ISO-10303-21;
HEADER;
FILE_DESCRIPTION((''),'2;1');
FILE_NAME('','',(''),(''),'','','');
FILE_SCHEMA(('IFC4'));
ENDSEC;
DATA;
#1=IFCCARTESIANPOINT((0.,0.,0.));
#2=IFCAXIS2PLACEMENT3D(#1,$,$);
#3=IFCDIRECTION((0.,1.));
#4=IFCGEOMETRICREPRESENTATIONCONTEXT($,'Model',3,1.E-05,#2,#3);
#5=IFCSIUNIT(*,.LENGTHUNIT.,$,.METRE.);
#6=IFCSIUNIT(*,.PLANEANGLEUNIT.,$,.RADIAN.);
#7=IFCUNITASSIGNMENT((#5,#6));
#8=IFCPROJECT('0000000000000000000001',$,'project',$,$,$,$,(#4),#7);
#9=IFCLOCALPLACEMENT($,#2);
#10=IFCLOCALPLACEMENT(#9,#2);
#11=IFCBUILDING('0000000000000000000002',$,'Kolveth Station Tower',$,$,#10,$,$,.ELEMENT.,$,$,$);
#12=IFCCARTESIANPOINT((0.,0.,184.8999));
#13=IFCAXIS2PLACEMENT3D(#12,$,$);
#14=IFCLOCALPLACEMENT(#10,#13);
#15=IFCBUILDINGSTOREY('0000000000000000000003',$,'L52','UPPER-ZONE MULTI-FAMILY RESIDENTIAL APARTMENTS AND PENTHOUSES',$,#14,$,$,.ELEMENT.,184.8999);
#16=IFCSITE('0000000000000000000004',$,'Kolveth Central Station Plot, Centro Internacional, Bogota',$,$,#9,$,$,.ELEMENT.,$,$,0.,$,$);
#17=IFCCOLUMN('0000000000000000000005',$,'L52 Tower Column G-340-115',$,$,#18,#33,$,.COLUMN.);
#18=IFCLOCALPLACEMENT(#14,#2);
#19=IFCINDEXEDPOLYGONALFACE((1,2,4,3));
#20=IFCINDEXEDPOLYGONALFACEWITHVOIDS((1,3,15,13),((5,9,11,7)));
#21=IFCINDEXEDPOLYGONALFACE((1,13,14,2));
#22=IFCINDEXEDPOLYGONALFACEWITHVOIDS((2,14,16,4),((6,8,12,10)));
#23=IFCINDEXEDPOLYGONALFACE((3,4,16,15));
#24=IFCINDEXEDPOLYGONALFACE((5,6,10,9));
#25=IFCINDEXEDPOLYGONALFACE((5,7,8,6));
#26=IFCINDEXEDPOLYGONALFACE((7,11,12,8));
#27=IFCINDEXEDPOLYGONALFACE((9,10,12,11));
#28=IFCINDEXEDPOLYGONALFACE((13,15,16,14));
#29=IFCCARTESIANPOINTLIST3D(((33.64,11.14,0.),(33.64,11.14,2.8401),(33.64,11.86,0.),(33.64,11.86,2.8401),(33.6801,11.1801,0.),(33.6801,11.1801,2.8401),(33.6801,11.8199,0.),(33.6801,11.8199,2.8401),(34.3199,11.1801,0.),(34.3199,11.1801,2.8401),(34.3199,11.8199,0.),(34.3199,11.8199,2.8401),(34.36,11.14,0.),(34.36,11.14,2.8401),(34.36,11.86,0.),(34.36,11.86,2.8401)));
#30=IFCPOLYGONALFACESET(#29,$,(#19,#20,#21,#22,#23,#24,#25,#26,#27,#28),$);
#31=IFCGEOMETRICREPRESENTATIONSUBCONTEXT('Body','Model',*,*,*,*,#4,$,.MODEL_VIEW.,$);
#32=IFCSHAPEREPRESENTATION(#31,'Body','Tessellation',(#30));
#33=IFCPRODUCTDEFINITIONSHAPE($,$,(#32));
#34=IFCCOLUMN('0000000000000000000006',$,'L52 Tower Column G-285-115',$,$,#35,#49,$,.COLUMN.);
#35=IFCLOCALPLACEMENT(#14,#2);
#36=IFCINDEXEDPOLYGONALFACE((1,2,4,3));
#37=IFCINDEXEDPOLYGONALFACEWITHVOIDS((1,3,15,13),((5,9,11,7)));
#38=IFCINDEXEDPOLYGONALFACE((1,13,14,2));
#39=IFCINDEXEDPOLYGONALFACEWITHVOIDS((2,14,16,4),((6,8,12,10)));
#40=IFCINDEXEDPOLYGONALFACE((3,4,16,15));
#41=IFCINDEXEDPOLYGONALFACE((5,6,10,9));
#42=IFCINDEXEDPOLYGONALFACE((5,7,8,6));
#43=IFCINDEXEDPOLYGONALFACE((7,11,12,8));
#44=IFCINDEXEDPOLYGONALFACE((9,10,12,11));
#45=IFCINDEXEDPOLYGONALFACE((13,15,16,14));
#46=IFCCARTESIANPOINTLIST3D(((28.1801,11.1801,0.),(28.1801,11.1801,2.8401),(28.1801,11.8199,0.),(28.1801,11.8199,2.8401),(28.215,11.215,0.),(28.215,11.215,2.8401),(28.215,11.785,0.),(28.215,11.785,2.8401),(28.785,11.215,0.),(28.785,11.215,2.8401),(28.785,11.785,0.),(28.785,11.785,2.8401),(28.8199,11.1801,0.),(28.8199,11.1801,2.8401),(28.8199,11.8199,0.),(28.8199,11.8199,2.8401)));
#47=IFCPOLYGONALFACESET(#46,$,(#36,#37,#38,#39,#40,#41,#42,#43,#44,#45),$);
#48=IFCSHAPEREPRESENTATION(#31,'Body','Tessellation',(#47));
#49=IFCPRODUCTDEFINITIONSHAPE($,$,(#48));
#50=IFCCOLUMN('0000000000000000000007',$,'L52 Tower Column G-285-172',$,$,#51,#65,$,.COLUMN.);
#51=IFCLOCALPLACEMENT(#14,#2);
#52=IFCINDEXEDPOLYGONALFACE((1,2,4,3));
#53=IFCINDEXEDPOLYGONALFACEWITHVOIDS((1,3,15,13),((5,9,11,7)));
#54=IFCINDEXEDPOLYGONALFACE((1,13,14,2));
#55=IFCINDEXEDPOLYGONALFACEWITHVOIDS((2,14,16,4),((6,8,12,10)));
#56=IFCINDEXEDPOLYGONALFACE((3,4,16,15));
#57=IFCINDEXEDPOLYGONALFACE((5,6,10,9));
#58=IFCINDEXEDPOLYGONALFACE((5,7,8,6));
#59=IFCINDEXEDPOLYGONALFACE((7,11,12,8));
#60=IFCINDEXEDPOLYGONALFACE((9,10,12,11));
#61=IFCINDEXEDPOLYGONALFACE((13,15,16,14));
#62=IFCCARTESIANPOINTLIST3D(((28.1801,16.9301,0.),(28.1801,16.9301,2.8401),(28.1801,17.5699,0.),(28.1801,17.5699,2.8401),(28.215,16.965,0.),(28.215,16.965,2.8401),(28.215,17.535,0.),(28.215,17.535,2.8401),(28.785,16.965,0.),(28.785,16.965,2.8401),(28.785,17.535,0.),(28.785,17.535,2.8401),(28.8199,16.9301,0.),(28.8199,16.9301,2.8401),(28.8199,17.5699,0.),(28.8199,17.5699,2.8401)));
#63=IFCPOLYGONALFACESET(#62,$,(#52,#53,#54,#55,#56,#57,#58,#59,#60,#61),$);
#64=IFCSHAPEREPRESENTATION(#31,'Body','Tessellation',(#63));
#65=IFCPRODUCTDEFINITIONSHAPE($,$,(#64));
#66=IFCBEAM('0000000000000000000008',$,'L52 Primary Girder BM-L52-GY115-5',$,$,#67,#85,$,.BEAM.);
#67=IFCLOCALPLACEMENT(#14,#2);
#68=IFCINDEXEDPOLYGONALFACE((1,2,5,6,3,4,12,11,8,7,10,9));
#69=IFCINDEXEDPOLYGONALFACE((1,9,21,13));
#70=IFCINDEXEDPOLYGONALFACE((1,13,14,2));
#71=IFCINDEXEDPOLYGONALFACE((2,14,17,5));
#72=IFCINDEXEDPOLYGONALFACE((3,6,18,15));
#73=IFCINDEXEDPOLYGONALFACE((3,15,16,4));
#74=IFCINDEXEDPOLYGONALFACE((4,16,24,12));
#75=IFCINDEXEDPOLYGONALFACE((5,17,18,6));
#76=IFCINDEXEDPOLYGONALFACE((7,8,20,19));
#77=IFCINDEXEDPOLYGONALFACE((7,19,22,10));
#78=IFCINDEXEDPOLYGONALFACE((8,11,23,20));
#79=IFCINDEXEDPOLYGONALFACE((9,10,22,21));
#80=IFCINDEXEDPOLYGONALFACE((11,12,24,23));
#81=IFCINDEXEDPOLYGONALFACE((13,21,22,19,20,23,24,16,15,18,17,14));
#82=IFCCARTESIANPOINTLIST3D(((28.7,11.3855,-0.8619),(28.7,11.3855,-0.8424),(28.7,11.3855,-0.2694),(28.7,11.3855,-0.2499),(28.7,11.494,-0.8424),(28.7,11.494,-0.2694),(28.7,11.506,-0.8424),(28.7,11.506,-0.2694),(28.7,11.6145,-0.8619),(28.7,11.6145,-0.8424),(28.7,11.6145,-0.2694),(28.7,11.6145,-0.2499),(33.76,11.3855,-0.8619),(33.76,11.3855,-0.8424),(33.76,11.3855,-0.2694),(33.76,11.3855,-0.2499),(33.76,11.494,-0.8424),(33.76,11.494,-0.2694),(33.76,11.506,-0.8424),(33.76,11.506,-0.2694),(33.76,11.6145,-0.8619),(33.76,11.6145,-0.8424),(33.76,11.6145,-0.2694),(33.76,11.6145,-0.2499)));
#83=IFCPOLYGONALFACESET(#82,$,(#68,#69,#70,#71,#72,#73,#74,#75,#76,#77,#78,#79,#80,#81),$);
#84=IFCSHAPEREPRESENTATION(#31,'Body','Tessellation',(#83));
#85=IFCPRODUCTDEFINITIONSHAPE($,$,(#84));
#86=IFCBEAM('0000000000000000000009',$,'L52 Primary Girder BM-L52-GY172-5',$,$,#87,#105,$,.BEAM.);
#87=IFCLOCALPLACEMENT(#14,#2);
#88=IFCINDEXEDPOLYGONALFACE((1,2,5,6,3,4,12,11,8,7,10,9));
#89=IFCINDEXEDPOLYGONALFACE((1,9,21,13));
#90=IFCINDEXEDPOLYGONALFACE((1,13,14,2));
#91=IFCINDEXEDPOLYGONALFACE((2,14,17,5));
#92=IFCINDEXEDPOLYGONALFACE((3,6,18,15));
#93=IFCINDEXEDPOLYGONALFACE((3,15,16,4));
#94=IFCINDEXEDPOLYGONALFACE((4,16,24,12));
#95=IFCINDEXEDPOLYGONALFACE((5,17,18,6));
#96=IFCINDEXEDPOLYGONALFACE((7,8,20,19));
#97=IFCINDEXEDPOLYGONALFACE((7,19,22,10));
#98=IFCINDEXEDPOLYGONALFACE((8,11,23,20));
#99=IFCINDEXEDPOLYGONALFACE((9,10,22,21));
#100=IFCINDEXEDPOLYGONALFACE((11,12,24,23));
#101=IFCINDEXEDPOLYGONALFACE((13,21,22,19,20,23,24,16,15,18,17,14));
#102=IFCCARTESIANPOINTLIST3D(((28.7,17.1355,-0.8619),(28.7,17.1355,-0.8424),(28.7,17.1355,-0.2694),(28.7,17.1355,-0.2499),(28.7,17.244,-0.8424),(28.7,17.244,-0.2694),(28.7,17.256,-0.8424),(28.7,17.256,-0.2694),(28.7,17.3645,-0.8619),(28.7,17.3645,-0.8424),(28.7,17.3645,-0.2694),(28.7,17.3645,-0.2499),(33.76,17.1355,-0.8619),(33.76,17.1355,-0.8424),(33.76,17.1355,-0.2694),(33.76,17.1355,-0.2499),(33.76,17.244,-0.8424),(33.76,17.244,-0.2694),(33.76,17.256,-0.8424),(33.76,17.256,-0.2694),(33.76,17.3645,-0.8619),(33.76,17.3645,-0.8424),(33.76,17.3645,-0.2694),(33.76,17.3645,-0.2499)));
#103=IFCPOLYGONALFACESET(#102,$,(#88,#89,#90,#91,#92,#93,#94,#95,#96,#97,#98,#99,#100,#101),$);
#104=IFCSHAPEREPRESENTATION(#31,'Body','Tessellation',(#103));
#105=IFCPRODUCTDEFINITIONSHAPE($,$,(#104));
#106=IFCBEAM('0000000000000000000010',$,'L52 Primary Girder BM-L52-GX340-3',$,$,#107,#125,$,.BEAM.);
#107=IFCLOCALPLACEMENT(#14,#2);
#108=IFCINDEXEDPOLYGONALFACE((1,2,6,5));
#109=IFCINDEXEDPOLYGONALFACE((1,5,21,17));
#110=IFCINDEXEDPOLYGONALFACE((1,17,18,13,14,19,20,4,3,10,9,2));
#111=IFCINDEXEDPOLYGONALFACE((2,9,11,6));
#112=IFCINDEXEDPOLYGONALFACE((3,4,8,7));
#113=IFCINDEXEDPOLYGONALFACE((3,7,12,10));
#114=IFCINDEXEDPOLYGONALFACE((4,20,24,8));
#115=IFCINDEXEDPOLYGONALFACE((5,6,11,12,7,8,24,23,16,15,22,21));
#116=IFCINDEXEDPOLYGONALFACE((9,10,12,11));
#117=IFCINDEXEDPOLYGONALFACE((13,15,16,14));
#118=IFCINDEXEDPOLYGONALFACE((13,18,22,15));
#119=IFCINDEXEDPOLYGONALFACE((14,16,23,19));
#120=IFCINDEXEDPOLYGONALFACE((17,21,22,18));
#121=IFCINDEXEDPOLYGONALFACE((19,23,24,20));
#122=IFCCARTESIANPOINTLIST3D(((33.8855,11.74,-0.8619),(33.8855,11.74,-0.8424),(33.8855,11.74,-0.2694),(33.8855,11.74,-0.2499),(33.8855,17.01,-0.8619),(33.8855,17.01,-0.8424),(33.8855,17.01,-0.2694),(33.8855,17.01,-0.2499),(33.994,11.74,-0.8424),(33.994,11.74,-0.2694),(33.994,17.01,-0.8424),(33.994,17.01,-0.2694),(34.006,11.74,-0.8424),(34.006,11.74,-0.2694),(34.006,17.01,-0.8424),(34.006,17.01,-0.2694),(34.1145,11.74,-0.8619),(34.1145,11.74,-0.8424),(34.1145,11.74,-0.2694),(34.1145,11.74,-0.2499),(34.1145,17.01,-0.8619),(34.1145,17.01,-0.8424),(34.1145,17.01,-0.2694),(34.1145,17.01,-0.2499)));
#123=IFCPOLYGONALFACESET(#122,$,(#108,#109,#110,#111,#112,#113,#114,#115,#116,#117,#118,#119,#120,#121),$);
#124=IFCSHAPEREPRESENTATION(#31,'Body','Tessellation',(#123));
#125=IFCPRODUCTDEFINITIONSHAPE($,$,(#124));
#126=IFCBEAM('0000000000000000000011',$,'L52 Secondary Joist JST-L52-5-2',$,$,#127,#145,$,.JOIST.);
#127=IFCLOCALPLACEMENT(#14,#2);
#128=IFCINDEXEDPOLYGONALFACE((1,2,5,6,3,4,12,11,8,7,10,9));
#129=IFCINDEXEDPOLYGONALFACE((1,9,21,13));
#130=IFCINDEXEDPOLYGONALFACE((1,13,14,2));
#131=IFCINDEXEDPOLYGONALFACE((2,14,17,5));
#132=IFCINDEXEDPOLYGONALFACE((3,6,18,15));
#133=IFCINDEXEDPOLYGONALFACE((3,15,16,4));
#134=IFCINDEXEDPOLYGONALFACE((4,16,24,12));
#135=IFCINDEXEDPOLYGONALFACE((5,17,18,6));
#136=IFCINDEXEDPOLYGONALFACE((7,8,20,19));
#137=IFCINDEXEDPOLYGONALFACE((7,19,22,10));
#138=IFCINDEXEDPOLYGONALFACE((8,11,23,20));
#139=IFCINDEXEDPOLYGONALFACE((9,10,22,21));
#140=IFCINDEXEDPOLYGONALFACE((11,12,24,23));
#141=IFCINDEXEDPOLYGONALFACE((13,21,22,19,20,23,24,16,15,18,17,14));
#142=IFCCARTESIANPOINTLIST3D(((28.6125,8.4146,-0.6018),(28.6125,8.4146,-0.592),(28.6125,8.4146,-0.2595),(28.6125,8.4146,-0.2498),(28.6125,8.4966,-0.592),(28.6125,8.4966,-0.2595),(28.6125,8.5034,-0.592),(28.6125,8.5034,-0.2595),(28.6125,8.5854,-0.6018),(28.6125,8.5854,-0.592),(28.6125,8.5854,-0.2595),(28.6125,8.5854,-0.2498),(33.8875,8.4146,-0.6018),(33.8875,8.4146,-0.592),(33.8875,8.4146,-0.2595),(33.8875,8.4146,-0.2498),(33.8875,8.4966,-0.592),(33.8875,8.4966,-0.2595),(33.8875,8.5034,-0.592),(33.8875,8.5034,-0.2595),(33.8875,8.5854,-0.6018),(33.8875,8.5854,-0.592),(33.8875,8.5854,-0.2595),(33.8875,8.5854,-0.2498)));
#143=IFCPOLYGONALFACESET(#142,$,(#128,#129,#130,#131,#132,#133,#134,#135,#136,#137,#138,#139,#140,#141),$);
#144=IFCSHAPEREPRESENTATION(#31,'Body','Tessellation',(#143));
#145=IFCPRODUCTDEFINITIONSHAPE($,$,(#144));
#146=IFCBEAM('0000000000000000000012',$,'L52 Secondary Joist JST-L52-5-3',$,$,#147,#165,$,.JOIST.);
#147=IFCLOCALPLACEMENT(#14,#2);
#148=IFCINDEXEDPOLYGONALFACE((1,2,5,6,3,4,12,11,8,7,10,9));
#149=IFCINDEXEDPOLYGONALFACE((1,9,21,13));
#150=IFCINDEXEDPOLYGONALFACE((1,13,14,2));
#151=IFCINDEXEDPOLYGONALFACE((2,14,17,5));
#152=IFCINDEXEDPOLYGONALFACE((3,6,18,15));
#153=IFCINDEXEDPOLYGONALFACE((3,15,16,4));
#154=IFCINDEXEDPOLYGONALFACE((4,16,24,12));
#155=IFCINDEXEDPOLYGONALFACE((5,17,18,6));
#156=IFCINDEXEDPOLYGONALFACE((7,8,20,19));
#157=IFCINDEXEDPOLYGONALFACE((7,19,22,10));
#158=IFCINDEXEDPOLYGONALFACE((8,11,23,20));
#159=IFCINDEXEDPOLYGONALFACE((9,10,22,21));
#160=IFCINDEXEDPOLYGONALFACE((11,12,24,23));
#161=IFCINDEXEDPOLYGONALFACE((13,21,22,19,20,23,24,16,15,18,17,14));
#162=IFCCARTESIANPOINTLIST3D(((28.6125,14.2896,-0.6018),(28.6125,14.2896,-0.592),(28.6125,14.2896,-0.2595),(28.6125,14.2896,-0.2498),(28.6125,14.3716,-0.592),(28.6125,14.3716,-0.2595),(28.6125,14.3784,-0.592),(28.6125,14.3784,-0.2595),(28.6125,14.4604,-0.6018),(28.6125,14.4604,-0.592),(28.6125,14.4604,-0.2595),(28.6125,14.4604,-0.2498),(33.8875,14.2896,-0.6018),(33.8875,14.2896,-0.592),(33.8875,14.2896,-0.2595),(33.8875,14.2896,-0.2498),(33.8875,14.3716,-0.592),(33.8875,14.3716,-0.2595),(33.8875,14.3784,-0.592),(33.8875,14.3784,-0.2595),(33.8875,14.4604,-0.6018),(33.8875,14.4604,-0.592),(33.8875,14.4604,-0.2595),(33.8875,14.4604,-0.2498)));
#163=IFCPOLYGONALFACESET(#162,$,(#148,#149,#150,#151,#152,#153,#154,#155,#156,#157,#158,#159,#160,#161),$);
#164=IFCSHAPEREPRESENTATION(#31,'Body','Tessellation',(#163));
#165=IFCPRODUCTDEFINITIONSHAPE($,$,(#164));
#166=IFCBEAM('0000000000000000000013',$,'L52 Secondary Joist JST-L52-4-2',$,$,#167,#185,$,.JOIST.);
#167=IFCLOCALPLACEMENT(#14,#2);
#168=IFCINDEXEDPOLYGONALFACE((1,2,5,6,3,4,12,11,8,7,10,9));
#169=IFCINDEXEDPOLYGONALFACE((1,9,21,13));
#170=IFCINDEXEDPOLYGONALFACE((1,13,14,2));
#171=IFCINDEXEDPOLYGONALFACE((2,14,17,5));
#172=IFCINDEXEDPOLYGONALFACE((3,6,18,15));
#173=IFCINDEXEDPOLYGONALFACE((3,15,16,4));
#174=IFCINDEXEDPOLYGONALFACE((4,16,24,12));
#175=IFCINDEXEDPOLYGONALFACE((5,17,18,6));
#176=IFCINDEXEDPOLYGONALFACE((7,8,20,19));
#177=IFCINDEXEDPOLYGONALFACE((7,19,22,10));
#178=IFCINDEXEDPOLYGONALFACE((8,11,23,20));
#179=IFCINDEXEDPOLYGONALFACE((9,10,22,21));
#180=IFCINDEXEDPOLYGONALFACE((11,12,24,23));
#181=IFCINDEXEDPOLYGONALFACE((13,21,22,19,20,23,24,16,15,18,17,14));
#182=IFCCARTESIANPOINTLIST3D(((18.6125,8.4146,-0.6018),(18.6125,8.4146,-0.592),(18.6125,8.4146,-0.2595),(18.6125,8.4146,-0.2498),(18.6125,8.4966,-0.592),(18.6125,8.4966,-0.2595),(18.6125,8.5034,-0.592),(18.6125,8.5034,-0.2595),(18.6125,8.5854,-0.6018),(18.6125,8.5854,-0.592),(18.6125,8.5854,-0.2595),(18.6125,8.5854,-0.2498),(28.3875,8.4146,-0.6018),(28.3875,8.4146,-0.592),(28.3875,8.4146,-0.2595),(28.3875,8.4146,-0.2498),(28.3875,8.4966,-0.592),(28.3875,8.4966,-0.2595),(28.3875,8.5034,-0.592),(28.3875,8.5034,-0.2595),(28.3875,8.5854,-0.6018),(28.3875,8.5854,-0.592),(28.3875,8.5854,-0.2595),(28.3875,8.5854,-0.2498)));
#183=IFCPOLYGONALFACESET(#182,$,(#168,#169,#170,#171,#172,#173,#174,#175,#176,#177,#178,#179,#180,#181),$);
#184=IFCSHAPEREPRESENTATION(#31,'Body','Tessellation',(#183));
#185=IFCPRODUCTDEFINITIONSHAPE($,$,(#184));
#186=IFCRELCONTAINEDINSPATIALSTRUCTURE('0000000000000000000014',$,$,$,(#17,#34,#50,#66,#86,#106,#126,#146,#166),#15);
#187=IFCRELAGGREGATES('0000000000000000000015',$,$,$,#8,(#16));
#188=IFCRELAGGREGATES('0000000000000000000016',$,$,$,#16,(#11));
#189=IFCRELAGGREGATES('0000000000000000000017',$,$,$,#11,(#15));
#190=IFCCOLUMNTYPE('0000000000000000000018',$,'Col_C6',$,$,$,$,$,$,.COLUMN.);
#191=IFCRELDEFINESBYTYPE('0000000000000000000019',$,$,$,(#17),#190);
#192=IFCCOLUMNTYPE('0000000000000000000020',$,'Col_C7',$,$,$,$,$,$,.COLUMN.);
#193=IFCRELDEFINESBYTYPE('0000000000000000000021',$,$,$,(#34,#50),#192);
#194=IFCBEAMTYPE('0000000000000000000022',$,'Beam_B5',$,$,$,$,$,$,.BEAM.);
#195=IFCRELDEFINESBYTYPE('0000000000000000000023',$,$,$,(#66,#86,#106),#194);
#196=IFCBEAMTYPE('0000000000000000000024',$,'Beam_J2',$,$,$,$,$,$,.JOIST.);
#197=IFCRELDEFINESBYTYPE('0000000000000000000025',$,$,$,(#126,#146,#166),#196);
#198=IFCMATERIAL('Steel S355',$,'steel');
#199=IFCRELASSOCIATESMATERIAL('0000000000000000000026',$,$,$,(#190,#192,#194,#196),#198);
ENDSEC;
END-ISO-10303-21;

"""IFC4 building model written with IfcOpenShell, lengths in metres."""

from ifc_helpers import new_model, si_unit, direction, frame, origin, origin_2d, place, context, subcontext, project, spatial, hollow_rectangle, i_section, extrude, source, transform, mapped, material, material_profile, profile_set, type_object, element, save


model = new_model("IFC4")

# Units and contexts
model_context = context("Model", 3, precision=1e-05, world=origin(), true_north=direction((0.0, 1.0)))
body_context = subcontext(model_context, "Body", "Model", "MODEL_VIEW")
ifc_project = project(units=[si_unit("LENGTHUNIT", "METRE"), si_unit("PLANEANGLEUNIT", "RADIAN")], contexts=[model_context])

# Site, building, storey
site_placement = place(None, origin())
site = spatial("IfcSite", under=ifc_project, at=site_placement, Name="Kolveth Central Station Plot, Centro Internacional, Bogota", CompositionType="ELEMENT", RefElevation=0.0)
building_placement = place(site_placement, origin())
building = spatial("IfcBuilding", under=site, at=building_placement, Name="Kolveth Station Tower", CompositionType="ELEMENT")
storey_placement = place(building_placement, frame((0.0, 0.0, 184.8999)))
storey = spatial("IfcBuildingStorey", under=building, at=storey_placement, Name="L52", Description="UPPER-ZONE MULTI-FAMILY RESIDENTIAL APARTMENTS AND PENTHOUSES", CompositionType="ELEMENT", Elevation=184.8999)

# Columns
ifc_material_1 = material(Name="Steel S355", Category="steel")
ifc_material_profile_1 = material_profile(ifc_material_1, hollow_rectangle(XDim=0.72, YDim=0.72, WallThickness=0.04, at=origin_2d()), Name="BOX720x720x40")
ifc_profile_set_1 = profile_set([ifc_material_profile_1], Name="Steel S355")
column_type_1 = type_object("IfcColumnType", Name="Col_C6", PredefinedType="COLUMN", material=ifc_profile_set_1)
shared_shape_1 = source(origin(), body_context, "Body", "SweptSolid", [
    extrude(hollow_rectangle(XDim=0.72, YDim=0.72, WallThickness=0.04, at=origin_2d()), origin(), (0.0, 0.0, 1.0), 2.8401),
])
column_placement = place(storey_placement, frame((34.0, 11.5, 0.0), z_axis=(0.0, 0.0, 1.0), x_axis=(1.0, 0.0, 0.0)))
element("IfcColumn", 1, at=column_placement, inside=storey, type_object=column_type_1, Name="L52 Tower Column G-340-115", PredefinedType="COLUMN", context=body_context, shape_type="MappedRepresentation", body=[
    mapped(shared_shape_1, transform((0.0, 0.0, 0.0), x_axis=(1.0, 0.0, 0.0), y_axis=(0.0, 1.0, 0.0), z_axis=(0.0, 0.0, 1.0), scale=1.0)),
])
ifc_material_profile_2 = material_profile(ifc_material_1, hollow_rectangle(XDim=0.6399, YDim=0.6399, WallThickness=0.0349, at=origin_2d()), Name="BOX640x640x35")
ifc_profile_set_2 = profile_set([ifc_material_profile_2], Name="Steel S355")
column_type_2 = type_object("IfcColumnType", Name="Col_C7", PredefinedType="COLUMN", material=ifc_profile_set_2)
shared_shape_2 = source(origin(), body_context, "Body", "SweptSolid", [
    extrude(hollow_rectangle(XDim=0.6399, YDim=0.6399, WallThickness=0.0349, at=origin_2d()), origin(), (0.0, 0.0, 1.0), 2.8401),
])
for number, where, z_axis, x_axis, name in (
    (2, (28.5, 11.5, 0.0), (0.0, 0.0, 1.0), (1.0, 0.0, 0.0), "L52 Tower Column G-285-115"),
    (3, (28.5, 17.25, 0.0), (0.0, 0.0, 1.0), (1.0, 0.0, 0.0), "L52 Tower Column G-285-172"),
):
    element("IfcColumn", number, at=place(storey_placement, frame(where, z_axis=z_axis, x_axis=x_axis)), inside=storey, type_object=column_type_2, Name=name, PredefinedType="COLUMN", context=body_context, shape_type="MappedRepresentation", body=[
        mapped(shared_shape_2, transform((0.0, 0.0, 0.0), x_axis=(1.0, 0.0, 0.0), y_axis=(0.0, 1.0, 0.0), z_axis=(0.0, 0.0, 1.0), scale=1.0)),
    ])

# Beams
ifc_material_profile_3 = material_profile(ifc_material_1, i_section(OverallWidth=0.229, OverallDepth=0.6121, WebThickness=0.012, FlangeThickness=0.0195, at=origin_2d()), Name="W610x125")
ifc_profile_set_3 = profile_set([ifc_material_profile_3], Name="Steel S355")
beam_type_1 = type_object("IfcBeamType", Name="Beam_B5", PredefinedType="BEAM", material=ifc_profile_set_3)
shared_shape_3 = source(origin(), body_context, "Body", "SweptSolid", [
    extrude(i_section(OverallWidth=0.229, OverallDepth=0.6121, WebThickness=0.012, FlangeThickness=0.0195, at=origin_2d()), origin(), (0.0, 0.0, 1.0), 5.0601),
])
for number, where, z_axis, x_axis, name in (
    (4, (28.7, 11.5, -0.5559), (1.0, 0.0, 0.0), (0.0, 1.0, 0.0), "L52 Primary Girder BM-L52-GY115-5"),
    (5, (28.7, 17.25, -0.5559), (1.0, 0.0, 0.0), (0.0, 1.0, 0.0), "L52 Primary Girder BM-L52-GY172-5"),
):
    element("IfcBeam", number, at=place(storey_placement, frame(where, z_axis=z_axis, x_axis=x_axis)), inside=storey, type_object=beam_type_1, Name=name, PredefinedType="BEAM", context=body_context, shape_type="MappedRepresentation", body=[
        mapped(shared_shape_3, transform((0.0, 0.0, 0.0), x_axis=(1.0, 0.0, 0.0), y_axis=(0.0, 1.0, 0.0), z_axis=(0.0, 0.0, 1.0), scale=1.0)),
    ])
shared_shape_4 = source(origin(), body_context, "Body", "SweptSolid", [
    extrude(i_section(OverallWidth=0.229, OverallDepth=0.6121, WebThickness=0.012, FlangeThickness=0.0195, at=origin_2d()), origin(), (0.0, 0.0, 1.0), 5.27),
])
beam_1_placement = place(storey_placement, frame((34.0, 11.74, -0.5559), z_axis=(0.0, 1.0, 0.0), x_axis=(-1.0, 0.0, 0.0)))
element("IfcBeam", 6, at=beam_1_placement, inside=storey, type_object=beam_type_1, Name="L52 Primary Girder BM-L52-GX340-3", PredefinedType="BEAM", context=body_context, shape_type="MappedRepresentation", body=[
    mapped(shared_shape_4, transform((0.0, 0.0, 0.0), x_axis=(1.0, 0.0, 0.0), y_axis=(0.0, 1.0, 0.0), z_axis=(0.0, 0.0, 1.0), scale=1.0)),
])
ifc_material_profile_4 = material_profile(ifc_material_1, i_section(OverallWidth=0.1709, OverallDepth=0.3521, WebThickness=0.0068, FlangeThickness=0.0098, at=origin_2d()), Name="W360x44")
ifc_profile_set_4 = profile_set([ifc_material_profile_4], Name="Steel S355")
beam_type_2 = type_object("IfcBeamType", Name="Beam_J2", PredefinedType="JOIST", material=ifc_profile_set_4)
shared_shape_5 = source(origin(), body_context, "Body", "SweptSolid", [
    extrude(i_section(OverallWidth=0.1709, OverallDepth=0.3521, WebThickness=0.0068, FlangeThickness=0.0098, at=origin_2d()), origin(), (0.0, 0.0, 1.0), 5.2749),
])
for number, where, z_axis, x_axis, name in (
    (7, (28.6125, 8.5, -0.4258), (1.0, 0.0, 0.0), (0.0, 1.0, 0.0), "L52 Secondary Joist JST-L52-5-2"),
    (8, (28.6125, 14.375, -0.4258), (1.0, 0.0, 0.0), (0.0, 1.0, 0.0), "L52 Secondary Joist JST-L52-5-3"),
):
    element("IfcBeam", number, at=place(storey_placement, frame(where, z_axis=z_axis, x_axis=x_axis)), inside=storey, type_object=beam_type_2, Name=name, PredefinedType="JOIST", context=body_context, shape_type="MappedRepresentation", body=[
        mapped(shared_shape_5, transform((0.0, 0.0, 0.0), x_axis=(1.0, 0.0, 0.0), y_axis=(0.0, 1.0, 0.0), z_axis=(0.0, 0.0, 1.0), scale=1.0)),
    ])
shared_shape_6 = source(origin(), body_context, "Body", "SweptSolid", [
    extrude(i_section(OverallWidth=0.1709, OverallDepth=0.3521, WebThickness=0.0068, FlangeThickness=0.0098, at=origin_2d()), origin(), (0.0, 0.0, 1.0), 9.7749),
])
beam_2_placement = place(storey_placement, frame((18.6125, 8.5, -0.4258), z_axis=(1.0, 0.0, 0.0), x_axis=(0.0, 1.0, 0.0)))
element("IfcBeam", 9, at=beam_2_placement, inside=storey, type_object=beam_type_2, Name="L52 Secondary Joist JST-L52-4-2", PredefinedType="JOIST", context=body_context, shape_type="MappedRepresentation", body=[
    mapped(shared_shape_6, transform((0.0, 0.0, 0.0), x_axis=(1.0, 0.0, 0.0), y_axis=(0.0, 1.0, 0.0), z_axis=(0.0, 0.0, 1.0), scale=1.0)),
])

save(model, "model.ifc")
